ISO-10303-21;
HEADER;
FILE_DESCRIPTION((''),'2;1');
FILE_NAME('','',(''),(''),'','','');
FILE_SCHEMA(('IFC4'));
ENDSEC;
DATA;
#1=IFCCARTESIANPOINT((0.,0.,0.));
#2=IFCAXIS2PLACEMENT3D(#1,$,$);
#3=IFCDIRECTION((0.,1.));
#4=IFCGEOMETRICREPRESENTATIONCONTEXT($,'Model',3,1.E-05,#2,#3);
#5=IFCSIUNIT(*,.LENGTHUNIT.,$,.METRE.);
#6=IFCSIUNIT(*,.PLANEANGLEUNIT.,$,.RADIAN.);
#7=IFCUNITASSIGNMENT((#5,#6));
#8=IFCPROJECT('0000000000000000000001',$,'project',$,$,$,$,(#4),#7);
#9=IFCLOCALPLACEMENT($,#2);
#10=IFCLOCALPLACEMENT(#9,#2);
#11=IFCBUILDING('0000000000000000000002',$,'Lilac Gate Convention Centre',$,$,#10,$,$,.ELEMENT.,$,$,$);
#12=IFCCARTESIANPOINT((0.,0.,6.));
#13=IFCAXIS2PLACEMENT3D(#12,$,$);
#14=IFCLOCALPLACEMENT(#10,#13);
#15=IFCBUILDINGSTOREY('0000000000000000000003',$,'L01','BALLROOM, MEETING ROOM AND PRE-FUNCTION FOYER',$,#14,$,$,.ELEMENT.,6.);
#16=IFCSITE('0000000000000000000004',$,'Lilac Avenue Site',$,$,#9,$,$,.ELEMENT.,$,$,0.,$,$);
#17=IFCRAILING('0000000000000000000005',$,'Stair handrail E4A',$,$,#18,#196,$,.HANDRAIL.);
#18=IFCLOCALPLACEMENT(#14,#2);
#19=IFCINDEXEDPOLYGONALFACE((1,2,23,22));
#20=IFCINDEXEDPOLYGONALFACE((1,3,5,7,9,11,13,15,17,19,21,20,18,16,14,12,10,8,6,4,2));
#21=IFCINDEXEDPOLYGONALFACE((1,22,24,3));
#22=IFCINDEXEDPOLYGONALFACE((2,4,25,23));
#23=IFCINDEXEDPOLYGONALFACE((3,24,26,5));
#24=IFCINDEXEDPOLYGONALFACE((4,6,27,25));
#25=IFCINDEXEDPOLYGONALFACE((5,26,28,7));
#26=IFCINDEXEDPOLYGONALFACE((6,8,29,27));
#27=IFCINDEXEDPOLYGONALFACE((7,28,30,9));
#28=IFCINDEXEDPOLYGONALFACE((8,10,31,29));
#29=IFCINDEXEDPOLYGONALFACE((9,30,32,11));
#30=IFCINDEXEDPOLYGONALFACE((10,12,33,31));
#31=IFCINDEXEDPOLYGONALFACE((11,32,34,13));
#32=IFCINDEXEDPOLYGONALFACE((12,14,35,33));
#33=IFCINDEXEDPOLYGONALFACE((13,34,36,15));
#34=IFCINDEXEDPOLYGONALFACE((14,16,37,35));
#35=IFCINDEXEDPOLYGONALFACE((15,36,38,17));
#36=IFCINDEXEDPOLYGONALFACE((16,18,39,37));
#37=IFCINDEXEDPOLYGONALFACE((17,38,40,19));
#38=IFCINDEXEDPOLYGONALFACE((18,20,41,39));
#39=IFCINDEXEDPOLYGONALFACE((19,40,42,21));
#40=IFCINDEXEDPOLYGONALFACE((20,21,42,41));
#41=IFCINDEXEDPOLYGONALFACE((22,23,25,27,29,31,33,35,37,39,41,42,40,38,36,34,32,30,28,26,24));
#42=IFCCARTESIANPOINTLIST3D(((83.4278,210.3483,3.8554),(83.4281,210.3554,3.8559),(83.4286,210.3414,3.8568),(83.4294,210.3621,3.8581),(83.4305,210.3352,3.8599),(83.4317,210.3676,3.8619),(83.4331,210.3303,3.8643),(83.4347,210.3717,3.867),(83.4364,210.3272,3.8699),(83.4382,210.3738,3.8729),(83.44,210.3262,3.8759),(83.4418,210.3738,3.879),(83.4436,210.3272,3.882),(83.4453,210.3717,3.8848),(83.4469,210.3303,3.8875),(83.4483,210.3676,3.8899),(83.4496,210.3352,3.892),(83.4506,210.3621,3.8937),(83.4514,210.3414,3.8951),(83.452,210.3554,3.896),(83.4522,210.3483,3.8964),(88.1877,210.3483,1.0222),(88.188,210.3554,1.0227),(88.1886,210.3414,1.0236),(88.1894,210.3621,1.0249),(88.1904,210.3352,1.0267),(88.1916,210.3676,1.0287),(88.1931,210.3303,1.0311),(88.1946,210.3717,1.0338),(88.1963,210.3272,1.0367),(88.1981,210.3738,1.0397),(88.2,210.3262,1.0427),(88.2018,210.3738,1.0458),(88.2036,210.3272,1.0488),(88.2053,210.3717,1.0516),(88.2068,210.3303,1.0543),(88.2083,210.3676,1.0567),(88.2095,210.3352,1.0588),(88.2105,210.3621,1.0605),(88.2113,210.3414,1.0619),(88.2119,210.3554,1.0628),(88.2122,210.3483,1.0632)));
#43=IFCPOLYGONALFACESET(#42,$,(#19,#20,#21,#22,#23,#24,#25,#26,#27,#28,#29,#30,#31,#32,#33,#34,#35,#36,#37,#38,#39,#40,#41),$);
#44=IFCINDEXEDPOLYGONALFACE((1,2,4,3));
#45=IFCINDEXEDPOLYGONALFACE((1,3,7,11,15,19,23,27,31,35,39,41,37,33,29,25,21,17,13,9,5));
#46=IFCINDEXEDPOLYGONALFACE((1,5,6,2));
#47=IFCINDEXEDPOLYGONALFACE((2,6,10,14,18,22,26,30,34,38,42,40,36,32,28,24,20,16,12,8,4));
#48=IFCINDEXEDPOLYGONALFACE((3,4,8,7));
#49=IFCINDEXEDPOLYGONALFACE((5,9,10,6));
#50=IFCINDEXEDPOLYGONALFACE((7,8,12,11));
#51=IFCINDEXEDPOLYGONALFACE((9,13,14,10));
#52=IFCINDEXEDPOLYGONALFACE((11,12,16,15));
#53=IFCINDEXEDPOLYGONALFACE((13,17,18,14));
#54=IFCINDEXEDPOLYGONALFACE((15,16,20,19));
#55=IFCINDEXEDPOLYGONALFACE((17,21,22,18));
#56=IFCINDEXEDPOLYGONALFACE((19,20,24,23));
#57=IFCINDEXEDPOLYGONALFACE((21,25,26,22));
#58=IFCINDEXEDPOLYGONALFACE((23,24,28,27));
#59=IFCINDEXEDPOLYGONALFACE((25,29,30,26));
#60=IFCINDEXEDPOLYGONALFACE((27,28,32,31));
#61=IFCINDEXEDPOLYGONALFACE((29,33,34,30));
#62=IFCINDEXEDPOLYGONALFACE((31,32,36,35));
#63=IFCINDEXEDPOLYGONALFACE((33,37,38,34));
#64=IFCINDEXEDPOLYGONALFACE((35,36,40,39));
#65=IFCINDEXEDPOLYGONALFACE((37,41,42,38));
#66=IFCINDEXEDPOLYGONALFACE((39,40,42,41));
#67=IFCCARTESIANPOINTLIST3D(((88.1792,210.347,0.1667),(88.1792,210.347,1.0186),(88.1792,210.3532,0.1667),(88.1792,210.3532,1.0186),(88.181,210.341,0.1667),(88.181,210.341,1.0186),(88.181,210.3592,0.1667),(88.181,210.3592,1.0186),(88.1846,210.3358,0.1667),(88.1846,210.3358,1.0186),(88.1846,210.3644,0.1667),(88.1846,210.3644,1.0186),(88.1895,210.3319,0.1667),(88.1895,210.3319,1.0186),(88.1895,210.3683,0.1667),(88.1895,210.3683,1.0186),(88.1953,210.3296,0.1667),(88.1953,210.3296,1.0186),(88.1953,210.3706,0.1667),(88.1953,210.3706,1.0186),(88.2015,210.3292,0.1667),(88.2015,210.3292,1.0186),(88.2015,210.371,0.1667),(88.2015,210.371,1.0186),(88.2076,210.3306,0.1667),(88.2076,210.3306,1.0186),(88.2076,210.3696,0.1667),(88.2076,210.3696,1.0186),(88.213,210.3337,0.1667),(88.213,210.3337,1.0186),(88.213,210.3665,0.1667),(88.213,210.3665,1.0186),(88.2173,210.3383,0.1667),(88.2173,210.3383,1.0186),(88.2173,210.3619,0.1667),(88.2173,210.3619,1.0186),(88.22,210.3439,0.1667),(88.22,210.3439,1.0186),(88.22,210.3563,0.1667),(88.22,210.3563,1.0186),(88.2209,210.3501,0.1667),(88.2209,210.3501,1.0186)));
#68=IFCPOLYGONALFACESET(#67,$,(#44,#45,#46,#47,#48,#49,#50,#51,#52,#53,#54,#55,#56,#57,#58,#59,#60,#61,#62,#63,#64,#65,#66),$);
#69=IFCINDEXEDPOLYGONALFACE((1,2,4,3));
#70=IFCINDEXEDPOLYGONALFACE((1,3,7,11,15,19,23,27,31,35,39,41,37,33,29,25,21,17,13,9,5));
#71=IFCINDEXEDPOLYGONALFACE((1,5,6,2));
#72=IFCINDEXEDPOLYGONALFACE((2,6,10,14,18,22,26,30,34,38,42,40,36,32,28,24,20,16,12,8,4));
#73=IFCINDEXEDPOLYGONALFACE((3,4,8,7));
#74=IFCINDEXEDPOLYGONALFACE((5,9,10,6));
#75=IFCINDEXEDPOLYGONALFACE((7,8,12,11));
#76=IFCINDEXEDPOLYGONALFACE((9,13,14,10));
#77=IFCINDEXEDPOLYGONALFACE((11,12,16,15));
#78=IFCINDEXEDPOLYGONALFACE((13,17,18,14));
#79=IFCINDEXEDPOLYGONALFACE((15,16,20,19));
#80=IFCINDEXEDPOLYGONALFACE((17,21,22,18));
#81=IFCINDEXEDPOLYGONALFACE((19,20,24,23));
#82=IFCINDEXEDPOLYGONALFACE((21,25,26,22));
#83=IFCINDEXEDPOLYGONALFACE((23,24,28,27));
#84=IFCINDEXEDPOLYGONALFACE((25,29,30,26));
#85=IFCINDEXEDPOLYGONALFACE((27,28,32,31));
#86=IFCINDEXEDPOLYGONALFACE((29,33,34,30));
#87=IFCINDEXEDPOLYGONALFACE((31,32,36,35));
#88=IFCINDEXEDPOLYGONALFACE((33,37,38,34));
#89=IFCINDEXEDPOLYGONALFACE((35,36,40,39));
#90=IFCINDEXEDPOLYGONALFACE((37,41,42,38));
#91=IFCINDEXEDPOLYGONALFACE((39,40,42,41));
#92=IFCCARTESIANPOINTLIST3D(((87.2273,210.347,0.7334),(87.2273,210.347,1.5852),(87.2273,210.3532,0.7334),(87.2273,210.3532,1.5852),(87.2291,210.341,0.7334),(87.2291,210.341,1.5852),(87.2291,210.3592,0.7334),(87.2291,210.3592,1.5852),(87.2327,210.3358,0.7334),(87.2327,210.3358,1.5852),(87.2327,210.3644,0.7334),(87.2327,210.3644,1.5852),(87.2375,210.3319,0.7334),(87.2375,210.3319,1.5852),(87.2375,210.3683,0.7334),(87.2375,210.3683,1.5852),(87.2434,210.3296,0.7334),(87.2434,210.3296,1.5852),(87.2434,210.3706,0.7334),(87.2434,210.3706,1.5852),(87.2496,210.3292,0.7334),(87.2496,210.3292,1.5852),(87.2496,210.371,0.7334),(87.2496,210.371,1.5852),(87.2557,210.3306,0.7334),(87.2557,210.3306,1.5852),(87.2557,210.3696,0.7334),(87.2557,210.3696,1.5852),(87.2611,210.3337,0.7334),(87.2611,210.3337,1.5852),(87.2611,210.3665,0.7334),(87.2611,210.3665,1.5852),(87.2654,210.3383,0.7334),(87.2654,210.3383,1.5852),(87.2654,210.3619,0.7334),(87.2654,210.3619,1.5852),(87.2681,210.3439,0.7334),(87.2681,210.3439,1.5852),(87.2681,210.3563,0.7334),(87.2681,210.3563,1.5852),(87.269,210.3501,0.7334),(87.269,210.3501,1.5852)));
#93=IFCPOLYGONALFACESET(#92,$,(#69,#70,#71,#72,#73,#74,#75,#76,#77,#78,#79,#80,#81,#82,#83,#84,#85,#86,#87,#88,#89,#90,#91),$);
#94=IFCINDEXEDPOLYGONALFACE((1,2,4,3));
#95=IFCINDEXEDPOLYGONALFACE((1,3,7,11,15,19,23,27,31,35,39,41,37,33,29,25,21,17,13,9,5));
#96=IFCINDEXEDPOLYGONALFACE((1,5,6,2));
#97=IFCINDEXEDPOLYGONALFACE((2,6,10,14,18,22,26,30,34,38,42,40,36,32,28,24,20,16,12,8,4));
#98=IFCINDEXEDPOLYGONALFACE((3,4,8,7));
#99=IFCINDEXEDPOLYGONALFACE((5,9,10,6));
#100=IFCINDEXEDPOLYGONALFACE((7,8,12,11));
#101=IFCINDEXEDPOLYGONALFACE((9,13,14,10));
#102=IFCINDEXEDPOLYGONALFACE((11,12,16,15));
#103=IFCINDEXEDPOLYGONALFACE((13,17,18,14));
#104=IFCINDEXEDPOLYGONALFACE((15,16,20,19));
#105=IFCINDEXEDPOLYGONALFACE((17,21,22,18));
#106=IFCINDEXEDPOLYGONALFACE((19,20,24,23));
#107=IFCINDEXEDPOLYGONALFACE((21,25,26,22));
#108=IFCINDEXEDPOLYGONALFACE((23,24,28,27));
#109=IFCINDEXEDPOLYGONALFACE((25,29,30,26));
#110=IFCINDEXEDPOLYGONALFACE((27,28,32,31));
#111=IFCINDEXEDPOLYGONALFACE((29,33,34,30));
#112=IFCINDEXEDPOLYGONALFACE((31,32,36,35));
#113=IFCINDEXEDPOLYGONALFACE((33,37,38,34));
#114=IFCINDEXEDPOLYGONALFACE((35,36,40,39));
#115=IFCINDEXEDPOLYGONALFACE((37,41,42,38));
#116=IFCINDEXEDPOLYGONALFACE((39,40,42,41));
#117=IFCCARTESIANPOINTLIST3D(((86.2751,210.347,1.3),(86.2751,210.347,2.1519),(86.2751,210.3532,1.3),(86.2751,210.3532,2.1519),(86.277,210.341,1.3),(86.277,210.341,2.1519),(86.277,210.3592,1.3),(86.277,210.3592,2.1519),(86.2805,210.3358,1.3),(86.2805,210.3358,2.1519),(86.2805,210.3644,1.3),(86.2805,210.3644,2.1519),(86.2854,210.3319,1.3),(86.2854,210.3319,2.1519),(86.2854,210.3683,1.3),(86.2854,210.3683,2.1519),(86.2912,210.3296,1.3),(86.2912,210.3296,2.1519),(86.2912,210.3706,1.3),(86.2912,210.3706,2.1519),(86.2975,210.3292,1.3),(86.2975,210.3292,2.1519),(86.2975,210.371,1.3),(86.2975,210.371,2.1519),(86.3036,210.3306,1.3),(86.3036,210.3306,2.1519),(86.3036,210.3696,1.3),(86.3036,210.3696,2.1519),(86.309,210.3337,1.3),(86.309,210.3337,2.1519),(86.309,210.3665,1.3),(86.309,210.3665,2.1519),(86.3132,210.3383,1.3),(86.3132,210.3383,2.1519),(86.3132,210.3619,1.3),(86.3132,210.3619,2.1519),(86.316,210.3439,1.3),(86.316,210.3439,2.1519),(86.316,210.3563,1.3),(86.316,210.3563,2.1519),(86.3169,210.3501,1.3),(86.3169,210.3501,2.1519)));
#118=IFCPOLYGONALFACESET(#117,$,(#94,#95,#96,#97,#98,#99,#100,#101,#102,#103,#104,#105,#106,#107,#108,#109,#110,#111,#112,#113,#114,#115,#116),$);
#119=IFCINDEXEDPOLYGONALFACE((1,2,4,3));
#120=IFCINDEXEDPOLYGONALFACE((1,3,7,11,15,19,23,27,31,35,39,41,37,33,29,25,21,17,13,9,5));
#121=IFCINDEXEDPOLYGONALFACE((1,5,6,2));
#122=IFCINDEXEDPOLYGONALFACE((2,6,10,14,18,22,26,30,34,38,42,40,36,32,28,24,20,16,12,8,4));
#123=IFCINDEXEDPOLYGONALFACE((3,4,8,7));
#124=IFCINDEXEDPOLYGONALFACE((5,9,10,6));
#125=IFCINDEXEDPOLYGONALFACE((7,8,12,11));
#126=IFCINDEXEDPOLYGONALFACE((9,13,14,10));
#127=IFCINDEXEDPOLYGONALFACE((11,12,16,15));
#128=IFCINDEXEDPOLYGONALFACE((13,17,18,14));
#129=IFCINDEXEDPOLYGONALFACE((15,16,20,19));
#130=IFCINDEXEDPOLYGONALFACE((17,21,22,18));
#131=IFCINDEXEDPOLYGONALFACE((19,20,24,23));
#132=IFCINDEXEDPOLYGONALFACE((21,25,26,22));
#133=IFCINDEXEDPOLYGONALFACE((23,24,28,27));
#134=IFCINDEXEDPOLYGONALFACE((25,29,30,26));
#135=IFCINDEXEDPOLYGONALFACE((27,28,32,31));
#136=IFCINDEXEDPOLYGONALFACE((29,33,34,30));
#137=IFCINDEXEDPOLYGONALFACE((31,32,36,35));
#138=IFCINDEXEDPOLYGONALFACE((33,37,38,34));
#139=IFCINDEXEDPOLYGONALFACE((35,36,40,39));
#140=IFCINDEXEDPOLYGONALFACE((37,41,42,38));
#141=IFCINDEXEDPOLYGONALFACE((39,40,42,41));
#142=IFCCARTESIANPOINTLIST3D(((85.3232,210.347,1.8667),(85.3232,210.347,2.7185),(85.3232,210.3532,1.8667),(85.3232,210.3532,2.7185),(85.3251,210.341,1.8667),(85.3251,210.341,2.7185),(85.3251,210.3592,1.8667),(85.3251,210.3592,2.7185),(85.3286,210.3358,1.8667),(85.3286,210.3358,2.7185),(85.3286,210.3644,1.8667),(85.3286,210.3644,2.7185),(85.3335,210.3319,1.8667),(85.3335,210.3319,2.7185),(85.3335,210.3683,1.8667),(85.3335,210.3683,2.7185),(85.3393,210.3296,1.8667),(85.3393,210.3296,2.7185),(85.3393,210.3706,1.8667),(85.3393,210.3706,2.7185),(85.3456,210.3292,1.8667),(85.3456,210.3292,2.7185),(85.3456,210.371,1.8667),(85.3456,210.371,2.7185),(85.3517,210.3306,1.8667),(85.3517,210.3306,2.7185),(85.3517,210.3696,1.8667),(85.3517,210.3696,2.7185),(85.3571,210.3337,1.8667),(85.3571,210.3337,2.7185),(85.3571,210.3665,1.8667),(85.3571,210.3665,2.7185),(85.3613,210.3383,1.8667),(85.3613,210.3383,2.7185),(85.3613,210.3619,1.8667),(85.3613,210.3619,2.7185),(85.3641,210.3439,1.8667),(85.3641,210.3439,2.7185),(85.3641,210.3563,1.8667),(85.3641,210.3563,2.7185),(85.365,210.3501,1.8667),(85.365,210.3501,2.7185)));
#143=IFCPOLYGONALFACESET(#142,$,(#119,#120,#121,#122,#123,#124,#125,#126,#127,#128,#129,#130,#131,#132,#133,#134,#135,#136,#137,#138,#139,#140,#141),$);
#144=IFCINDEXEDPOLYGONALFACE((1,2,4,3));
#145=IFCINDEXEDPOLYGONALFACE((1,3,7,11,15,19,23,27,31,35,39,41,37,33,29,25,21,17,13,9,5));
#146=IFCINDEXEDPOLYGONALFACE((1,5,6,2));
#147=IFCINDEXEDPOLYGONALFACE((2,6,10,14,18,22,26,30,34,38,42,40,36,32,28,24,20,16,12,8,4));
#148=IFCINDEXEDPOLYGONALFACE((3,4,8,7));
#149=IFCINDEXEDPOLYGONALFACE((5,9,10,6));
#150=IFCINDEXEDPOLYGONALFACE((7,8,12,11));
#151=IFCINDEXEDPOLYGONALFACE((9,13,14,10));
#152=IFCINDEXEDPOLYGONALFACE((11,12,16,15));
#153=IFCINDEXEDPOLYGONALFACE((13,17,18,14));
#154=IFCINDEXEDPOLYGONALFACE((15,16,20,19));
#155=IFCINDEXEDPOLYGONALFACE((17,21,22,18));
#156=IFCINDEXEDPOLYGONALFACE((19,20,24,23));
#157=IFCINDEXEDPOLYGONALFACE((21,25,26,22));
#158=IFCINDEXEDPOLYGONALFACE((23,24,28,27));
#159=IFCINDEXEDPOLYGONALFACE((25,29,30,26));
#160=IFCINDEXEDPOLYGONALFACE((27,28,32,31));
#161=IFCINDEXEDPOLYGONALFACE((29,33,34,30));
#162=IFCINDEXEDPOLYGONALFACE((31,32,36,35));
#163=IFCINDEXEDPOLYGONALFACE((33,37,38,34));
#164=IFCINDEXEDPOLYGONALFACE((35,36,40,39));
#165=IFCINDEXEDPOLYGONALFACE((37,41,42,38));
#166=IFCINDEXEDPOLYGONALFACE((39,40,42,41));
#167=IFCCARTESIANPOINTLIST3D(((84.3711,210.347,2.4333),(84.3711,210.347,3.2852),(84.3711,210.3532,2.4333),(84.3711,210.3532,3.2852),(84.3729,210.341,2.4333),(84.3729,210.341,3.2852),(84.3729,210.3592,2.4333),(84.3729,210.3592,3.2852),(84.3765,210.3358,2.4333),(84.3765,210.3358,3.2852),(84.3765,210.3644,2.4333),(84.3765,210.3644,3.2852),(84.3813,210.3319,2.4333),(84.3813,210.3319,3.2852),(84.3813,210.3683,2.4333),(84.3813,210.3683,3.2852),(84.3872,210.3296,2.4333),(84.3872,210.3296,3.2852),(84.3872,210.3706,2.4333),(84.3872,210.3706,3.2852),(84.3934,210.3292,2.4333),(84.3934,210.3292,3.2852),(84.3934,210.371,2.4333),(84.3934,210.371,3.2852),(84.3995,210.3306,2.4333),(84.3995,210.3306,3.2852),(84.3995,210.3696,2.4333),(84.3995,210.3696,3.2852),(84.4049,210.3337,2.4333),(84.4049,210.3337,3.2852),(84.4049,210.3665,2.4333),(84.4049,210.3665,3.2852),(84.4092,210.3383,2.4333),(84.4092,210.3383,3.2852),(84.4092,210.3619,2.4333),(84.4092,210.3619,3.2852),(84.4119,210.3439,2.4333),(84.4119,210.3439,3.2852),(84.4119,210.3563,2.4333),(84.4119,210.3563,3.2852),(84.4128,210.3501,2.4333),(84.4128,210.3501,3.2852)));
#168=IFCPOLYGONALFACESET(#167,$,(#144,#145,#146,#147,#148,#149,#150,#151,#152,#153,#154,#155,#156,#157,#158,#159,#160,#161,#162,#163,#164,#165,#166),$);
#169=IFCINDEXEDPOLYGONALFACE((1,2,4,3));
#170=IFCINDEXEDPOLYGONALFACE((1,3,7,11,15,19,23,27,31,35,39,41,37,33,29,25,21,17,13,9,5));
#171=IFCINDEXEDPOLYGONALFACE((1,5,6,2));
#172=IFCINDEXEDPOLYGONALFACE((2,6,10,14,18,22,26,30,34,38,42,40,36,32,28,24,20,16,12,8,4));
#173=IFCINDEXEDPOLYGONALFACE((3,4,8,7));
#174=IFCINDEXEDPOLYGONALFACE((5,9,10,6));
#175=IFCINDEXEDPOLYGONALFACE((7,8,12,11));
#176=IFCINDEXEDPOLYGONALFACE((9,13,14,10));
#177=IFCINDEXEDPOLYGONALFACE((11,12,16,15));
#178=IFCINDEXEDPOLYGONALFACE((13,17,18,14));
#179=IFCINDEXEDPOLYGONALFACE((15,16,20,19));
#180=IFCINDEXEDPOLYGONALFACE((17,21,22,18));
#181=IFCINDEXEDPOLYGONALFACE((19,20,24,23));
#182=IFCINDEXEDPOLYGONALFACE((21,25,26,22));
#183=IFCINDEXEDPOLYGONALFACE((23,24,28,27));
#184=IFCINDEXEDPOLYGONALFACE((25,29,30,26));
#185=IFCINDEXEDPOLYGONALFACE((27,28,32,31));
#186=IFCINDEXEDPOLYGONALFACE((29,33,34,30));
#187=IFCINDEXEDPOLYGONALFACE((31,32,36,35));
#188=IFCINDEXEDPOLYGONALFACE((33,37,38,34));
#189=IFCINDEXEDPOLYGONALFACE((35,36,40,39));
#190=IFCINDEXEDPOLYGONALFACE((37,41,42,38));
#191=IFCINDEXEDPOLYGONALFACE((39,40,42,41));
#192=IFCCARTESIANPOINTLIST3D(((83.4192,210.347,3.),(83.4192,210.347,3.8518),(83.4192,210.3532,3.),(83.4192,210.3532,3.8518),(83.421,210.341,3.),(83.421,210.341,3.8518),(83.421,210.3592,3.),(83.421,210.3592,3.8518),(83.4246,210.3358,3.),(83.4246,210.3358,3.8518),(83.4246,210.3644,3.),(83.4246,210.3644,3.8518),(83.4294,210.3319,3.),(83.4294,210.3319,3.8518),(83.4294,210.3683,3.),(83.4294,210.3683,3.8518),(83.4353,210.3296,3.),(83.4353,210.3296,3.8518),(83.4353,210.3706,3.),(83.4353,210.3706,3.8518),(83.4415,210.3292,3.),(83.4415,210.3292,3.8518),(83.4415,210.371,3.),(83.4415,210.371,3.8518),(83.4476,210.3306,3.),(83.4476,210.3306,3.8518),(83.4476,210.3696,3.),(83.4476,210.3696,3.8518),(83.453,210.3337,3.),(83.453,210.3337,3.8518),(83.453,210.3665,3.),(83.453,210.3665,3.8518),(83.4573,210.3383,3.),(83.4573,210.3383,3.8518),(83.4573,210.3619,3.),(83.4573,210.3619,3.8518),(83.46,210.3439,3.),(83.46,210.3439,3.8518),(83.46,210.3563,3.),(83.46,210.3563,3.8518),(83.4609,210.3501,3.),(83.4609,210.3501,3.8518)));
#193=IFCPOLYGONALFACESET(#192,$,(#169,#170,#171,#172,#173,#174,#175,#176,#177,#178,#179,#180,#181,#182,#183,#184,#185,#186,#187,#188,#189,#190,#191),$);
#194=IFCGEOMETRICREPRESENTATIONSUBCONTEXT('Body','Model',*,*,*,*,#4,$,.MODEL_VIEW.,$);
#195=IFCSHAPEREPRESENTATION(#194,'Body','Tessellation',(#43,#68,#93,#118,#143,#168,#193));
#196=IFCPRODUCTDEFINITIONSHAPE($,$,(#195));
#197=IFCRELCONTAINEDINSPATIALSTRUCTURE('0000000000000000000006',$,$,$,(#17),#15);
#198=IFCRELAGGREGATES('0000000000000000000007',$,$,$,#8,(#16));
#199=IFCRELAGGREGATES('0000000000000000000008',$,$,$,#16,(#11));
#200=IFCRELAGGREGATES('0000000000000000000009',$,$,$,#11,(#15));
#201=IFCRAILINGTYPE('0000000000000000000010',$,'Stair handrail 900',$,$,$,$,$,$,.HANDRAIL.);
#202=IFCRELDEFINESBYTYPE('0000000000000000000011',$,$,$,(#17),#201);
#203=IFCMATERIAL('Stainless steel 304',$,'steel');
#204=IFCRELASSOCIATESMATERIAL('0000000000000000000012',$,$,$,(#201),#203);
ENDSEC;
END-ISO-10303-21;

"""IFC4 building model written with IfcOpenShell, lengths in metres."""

from ifc_helpers import new_model, si_unit, direction, frame, origin, origin_2d, place, context, subcontext, project, spatial, circle, extrude, material, type_object, element, save


model = new_model("IFC4")

# Units and contexts
model_context = context("Model", 3, precision=1e-05, world=origin(), true_north=direction((0.0, 1.0)))
body_context = subcontext(model_context, "Body", "Model", "MODEL_VIEW")
ifc_project = project(units=[si_unit("LENGTHUNIT", "METRE"), si_unit("PLANEANGLEUNIT", "RADIAN")], contexts=[model_context])

# Site, building, storey
site_placement = place(None, origin())
site = spatial("IfcSite", under=ifc_project, at=site_placement, Name="Lilac Avenue Site", CompositionType="ELEMENT", RefElevation=0.0)
building_placement = place(site_placement, origin())
building = spatial("IfcBuilding", under=site, at=building_placement, Name="Lilac Gate Convention Centre", CompositionType="ELEMENT")
storey_placement = place(building_placement, frame((0.0, 0.0, 6.0)))
storey = spatial("IfcBuildingStorey", under=building, at=storey_placement, Name="L01", Description="BALLROOM, MEETING ROOM AND PRE-FUNCTION FOYER", CompositionType="ELEMENT", Elevation=6.0)

# Shared definitions
ifc_material_1 = material(Name="Stainless steel 304", Category="steel")

# Railing
railing_type = type_object("IfcRailingType", Name="Stair handrail 900", PredefinedType="HANDRAIL", material=ifc_material_1)
for number, where, name in (
    (1, (88.2, 210.3501, 0.1667), "Stair handrail E4A"),
):
    element("IfcRailing", number, at=place(storey_placement, frame(where)), inside=storey, type_object=railing_type, Name=name, PredefinedType="HANDRAIL", context=body_context, shape_type="SweptSolid", body=[
        extrude(circle(Radius=0.0239, at=origin_2d()), frame((0.0, 0.0, 0.876), z_axis=(-0.8593, 0.0, 0.511472), x_axis=(0.0, -1.0, 0.0)), (0.0, 0.0, 1.0), 5.5393),
        extrude(circle(Radius=0.021, at=origin_2d()), origin(), (0.0, 0.0, 1.0), 0.8518),
        extrude(circle(Radius=0.021, at=origin_2d()), frame((-0.9519, 0.0, 0.5667)), (0.0, 0.0, 1.0), 0.8518),
        extrude(circle(Radius=0.021, at=origin_2d()), frame((-1.9041, 0.0, 1.1333)), (0.0, 0.0, 1.0), 0.8518),
        extrude(circle(Radius=0.021, at=origin_2d()), frame((-2.856, 0.0, 1.7)), (0.0, 0.0, 1.0), 0.8518),
        extrude(circle(Radius=0.021, at=origin_2d()), frame((-3.8081, 0.0, 2.2666)), (0.0, 0.0, 1.0), 0.8518),
        extrude(circle(Radius=0.021, at=origin_2d()), frame((-4.76, 0.0, 2.8333)), (0.0, 0.0, 1.0), 0.8518),
    ])

save(model, "model.ifc")
